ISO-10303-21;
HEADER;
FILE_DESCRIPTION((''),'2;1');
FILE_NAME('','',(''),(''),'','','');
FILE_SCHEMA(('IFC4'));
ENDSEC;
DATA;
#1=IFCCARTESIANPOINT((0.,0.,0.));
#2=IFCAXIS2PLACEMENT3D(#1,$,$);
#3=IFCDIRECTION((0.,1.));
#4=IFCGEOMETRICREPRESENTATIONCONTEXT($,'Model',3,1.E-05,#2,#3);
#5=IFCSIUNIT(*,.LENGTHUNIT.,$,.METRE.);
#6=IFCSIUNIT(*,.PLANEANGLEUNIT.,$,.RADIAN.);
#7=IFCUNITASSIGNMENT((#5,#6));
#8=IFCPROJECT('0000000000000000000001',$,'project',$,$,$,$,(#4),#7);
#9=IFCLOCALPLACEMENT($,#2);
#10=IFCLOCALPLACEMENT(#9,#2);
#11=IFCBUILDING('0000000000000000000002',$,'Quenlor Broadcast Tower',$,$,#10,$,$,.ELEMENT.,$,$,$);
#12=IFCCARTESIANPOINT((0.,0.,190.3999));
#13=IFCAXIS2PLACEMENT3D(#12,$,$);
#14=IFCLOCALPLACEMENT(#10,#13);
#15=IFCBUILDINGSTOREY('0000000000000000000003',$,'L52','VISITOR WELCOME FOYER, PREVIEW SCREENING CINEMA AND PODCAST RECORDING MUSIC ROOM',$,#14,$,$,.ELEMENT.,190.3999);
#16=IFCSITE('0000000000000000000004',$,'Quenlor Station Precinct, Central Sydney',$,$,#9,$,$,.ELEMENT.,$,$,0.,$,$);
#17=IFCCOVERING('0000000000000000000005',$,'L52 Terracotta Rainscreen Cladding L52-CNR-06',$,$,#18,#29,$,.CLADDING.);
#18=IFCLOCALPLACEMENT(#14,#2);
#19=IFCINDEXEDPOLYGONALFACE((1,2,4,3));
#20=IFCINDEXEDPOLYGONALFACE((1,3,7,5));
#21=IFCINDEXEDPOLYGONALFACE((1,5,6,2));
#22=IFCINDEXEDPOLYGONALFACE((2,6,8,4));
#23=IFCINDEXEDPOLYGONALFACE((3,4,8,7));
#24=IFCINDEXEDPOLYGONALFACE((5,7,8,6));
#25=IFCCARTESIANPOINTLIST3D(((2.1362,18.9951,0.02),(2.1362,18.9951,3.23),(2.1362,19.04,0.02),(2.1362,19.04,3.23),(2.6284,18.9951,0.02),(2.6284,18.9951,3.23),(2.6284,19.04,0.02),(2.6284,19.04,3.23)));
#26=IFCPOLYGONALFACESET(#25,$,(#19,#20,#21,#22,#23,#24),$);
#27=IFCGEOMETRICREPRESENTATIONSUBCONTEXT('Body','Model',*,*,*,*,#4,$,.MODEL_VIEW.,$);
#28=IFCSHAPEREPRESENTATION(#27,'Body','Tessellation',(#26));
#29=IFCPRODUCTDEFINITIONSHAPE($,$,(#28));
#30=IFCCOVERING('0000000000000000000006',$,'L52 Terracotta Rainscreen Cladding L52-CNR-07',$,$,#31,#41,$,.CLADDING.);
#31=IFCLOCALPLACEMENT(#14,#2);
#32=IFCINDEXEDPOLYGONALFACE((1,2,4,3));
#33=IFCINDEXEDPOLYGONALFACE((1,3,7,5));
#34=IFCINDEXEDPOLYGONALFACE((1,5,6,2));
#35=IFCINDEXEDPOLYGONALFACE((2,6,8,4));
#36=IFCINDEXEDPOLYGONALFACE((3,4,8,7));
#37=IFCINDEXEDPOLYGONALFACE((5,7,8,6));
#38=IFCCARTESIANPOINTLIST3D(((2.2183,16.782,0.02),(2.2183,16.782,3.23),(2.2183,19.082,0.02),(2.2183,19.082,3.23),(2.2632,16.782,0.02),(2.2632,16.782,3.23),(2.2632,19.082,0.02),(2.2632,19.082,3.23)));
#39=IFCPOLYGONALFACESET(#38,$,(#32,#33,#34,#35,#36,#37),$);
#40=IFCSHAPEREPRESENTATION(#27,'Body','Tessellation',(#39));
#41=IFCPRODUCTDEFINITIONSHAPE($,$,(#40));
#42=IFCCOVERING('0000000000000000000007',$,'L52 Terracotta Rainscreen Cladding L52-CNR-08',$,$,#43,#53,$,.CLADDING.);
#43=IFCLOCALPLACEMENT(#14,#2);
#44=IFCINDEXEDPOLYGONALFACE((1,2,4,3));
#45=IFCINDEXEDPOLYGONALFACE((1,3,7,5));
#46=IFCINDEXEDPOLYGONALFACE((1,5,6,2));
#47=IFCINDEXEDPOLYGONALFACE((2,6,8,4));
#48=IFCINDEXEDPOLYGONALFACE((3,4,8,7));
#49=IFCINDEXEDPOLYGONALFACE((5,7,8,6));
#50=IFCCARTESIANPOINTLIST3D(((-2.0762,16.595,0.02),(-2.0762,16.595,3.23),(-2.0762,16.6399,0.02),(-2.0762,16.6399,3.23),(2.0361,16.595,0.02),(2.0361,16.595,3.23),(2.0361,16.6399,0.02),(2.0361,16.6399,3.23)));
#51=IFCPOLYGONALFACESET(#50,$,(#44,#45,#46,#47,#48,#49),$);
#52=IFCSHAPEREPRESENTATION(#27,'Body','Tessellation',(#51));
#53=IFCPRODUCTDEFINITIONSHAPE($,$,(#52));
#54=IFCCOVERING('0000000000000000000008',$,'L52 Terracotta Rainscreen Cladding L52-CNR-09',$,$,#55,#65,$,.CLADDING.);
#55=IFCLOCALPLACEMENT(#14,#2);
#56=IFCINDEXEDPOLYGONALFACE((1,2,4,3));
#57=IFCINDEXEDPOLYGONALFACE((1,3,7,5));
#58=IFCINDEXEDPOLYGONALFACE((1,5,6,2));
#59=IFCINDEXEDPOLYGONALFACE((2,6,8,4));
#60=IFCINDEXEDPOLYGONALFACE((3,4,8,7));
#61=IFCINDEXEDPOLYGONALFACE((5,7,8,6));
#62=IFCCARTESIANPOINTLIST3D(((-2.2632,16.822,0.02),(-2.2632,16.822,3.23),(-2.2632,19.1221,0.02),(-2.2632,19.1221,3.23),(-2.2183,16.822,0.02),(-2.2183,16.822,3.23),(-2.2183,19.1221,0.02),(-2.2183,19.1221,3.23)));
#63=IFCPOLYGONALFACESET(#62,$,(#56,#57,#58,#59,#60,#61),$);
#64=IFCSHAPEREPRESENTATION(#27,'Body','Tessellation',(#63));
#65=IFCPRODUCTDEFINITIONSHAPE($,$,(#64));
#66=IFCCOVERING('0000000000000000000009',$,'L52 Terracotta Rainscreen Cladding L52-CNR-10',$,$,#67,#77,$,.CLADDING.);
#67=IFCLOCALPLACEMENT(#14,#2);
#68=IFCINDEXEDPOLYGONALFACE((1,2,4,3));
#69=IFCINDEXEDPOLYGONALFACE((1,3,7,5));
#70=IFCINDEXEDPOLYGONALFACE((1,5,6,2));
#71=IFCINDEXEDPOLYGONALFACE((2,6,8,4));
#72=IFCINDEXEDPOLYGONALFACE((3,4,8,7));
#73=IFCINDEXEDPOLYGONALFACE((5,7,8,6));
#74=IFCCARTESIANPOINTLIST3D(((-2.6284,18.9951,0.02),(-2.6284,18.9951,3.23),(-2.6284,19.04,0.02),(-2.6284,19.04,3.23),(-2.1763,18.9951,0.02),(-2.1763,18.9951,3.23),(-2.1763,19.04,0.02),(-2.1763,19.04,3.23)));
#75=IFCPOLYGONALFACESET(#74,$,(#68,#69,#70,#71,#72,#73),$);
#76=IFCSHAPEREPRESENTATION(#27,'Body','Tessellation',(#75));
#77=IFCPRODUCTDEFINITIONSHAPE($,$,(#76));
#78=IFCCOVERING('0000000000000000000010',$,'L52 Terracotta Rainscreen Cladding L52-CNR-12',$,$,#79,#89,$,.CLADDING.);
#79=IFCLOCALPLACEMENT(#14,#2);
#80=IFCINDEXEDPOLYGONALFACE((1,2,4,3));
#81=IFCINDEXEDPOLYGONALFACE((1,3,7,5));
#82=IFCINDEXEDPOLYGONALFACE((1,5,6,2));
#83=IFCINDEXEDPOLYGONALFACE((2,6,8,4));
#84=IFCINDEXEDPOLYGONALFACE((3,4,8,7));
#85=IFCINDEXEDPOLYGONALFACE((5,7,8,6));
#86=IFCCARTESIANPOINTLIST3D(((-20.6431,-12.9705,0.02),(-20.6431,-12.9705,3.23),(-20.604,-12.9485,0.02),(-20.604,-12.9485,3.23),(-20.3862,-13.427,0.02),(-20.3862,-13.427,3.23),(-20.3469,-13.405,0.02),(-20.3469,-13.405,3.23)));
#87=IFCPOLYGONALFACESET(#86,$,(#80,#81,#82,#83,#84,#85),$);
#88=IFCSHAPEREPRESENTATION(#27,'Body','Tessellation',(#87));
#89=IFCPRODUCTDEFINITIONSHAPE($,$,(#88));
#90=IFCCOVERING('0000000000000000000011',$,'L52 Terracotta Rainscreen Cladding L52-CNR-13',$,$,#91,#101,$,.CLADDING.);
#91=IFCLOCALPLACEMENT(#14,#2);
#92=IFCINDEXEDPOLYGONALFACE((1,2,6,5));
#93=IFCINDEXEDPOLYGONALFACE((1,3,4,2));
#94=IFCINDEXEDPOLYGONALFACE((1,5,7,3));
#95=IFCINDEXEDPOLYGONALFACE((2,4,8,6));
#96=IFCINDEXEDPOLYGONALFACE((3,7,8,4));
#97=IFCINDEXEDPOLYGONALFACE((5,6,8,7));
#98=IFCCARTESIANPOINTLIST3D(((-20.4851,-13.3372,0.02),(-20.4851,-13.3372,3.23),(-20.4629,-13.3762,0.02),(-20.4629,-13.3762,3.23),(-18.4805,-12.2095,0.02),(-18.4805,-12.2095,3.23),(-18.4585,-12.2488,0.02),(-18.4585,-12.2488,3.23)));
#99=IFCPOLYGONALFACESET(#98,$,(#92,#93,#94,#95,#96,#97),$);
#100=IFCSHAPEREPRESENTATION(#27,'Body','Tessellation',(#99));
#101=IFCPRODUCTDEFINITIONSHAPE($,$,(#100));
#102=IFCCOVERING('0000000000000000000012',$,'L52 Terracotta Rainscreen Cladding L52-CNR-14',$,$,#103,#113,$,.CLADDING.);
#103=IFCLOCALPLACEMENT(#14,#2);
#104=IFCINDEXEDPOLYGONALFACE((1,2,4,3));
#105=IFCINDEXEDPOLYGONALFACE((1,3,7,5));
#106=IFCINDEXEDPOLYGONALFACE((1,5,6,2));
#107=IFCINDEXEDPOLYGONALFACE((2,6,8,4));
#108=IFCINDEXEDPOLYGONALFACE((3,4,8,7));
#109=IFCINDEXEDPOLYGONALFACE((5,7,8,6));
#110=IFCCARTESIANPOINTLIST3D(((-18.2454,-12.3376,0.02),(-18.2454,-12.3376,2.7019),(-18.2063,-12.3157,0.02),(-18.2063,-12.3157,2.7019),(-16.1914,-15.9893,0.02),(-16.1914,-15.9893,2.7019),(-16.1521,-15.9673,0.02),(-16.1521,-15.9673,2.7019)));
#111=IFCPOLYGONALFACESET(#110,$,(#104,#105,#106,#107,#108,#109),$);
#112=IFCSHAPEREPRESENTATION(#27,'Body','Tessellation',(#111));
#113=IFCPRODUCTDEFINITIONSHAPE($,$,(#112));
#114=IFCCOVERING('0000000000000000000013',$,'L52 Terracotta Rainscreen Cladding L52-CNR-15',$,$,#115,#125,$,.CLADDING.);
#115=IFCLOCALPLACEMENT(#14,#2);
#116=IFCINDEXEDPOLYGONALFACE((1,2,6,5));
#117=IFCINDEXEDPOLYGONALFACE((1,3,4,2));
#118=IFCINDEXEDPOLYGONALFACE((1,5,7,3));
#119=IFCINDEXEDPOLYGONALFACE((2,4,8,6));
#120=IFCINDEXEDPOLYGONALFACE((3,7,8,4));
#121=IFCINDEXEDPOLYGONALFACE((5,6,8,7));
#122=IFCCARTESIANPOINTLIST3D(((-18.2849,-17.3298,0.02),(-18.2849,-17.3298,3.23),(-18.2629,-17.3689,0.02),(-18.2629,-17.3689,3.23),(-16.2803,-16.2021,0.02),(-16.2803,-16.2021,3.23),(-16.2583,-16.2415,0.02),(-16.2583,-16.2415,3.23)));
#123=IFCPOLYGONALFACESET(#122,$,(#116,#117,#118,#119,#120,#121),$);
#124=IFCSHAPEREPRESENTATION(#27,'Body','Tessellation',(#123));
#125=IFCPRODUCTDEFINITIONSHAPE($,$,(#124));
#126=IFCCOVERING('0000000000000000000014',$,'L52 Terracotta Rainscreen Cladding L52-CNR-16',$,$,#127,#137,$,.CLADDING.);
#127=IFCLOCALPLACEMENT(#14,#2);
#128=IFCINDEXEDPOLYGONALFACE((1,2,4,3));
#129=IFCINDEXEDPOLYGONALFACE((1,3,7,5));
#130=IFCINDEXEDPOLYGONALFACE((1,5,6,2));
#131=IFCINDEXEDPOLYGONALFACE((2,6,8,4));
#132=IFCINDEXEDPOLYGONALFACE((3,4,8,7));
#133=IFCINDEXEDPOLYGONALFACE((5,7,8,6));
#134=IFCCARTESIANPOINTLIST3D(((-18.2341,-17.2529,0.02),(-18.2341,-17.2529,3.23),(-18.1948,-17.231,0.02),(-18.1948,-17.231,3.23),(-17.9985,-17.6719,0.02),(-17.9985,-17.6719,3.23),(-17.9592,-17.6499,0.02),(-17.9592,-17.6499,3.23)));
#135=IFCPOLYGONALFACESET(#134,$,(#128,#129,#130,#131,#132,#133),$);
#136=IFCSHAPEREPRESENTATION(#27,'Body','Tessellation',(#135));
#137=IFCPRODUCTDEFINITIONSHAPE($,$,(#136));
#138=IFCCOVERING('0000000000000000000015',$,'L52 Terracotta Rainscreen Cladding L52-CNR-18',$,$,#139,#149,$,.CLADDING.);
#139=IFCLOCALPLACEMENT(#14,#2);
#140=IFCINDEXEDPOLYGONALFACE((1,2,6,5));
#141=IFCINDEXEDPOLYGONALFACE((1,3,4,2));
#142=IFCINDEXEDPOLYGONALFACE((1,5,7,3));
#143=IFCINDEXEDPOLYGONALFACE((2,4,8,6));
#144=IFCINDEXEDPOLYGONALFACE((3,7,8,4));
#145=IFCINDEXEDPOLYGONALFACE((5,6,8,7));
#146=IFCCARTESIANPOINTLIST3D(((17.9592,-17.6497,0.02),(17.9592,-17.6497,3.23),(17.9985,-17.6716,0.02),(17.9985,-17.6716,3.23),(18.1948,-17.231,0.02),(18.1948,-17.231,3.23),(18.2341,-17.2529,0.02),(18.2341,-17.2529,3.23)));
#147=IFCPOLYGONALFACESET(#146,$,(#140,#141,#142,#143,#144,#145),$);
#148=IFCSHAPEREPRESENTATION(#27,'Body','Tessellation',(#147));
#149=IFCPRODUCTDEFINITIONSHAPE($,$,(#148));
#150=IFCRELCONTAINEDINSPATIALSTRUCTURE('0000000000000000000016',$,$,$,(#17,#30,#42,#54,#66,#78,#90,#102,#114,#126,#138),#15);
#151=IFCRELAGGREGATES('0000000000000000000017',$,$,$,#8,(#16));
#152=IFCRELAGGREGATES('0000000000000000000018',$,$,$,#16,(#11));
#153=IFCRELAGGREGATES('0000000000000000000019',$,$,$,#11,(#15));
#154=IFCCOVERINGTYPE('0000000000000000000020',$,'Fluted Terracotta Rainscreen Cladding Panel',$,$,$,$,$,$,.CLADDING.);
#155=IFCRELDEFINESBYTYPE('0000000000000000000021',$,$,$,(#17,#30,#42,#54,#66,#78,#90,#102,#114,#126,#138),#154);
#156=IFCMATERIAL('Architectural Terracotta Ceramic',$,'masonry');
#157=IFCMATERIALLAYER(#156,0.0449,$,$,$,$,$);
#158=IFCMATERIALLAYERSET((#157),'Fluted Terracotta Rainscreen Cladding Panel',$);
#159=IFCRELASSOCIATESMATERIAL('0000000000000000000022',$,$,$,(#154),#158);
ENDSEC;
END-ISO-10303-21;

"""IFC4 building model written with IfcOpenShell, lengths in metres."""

from ifc_helpers import new_model, si_unit, direction, frame, origin, place, context, subcontext, project, spatial, polyline, outline, extrude, material, layer, layer_set, type_object, element, save


model = new_model("IFC4")

# Units and contexts
model_context = context("Model", 3, precision=1e-05, world=origin(), true_north=direction((0.0, 1.0)))
body_context = subcontext(model_context, "Body", "Model", "MODEL_VIEW")
ifc_project = project(units=[si_unit("LENGTHUNIT", "METRE"), si_unit("PLANEANGLEUNIT", "RADIAN")], contexts=[model_context])

# Site, building, storey
site_placement = place(None, origin())
site = spatial("IfcSite", under=ifc_project, at=site_placement, Name="Quenlor Station Precinct, Central Sydney", CompositionType="ELEMENT", RefElevation=0.0)
building_placement = place(site_placement, origin())
building = spatial("IfcBuilding", under=site, at=building_placement, Name="Quenlor Broadcast Tower", CompositionType="ELEMENT")
storey_placement = place(building_placement, frame((0.0, 0.0, 190.3999)))
storey = spatial("IfcBuildingStorey", under=building, at=storey_placement, Name="L52", Description="VISITOR WELCOME FOYER, PREVIEW SCREENING CINEMA AND PODCAST RECORDING MUSIC ROOM", CompositionType="ELEMENT", Elevation=190.3999)

# Coverings
ifc_material_1 = material(Name="Architectural Terracotta Ceramic", Category="masonry")
ifc_layer_1 = layer(ifc_material_1, 0.0449)
ifc_layer_set_1 = layer_set([ifc_layer_1], Name="Fluted Terracotta Rainscreen Cladding Panel")
covering_type_1 = type_object("IfcCoveringType", Name="Fluted Terracotta Rainscreen Cladding Panel", PredefinedType="CLADDING", material=ifc_layer_set_1)
covering_1_placement = place(storey_placement, frame((0.0, 0.0, 0.02)))
element("IfcCovering", 1, at=covering_1_placement, inside=storey, type_object=covering_type_1, Name="L52 Terracotta Rainscreen Cladding L52-CNR-06", PredefinedType="CLADDING", context=body_context, shape_type="SweptSolid", body=[
    extrude(outline(polyline([(2.6284, 19.04), (2.1362, 19.04), (2.1362, 18.9951), (2.6284, 18.9951), (2.6284, 19.04)])), origin(), (0.0, 0.0, 1.0), 3.21),
])
covering_2_placement = place(storey_placement, frame((0.0, 0.0, 0.02)))
element("IfcCovering", 2, at=covering_2_placement, inside=storey, type_object=covering_type_1, Name="L52 Terracotta Rainscreen Cladding L52-CNR-07", PredefinedType="CLADDING", context=body_context, shape_type="SweptSolid", body=[
    extrude(outline(polyline([(2.2183, 19.082), (2.2183, 16.782), (2.2632, 16.782), (2.2632, 19.082), (2.2183, 19.082)])), origin(), (0.0, 0.0, 1.0), 3.21),
])
covering_3_placement = place(storey_placement, frame((0.0, 0.0, 0.02)))
element("IfcCovering", 3, at=covering_3_placement, inside=storey, type_object=covering_type_1, Name="L52 Terracotta Rainscreen Cladding L52-CNR-08", PredefinedType="CLADDING", context=body_context, shape_type="SweptSolid", body=[
    extrude(outline(polyline([(2.0361, 16.6399), (-2.0762, 16.6399), (-2.0762, 16.595), (2.0361, 16.595), (2.0361, 16.6399)])), origin(), (0.0, 0.0, 1.0), 3.21),
])
covering_4_placement = place(storey_placement, frame((0.0, 0.0, 0.02)))
element("IfcCovering", 4, at=covering_4_placement, inside=storey, type_object=covering_type_1, Name="L52 Terracotta Rainscreen Cladding L52-CNR-09", PredefinedType="CLADDING", context=body_context, shape_type="SweptSolid", body=[
    extrude(outline(polyline([(-2.2183, 16.822), (-2.2183, 19.1221), (-2.2632, 19.1221), (-2.2632, 16.822), (-2.2183, 16.822)])), origin(), (0.0, 0.0, 1.0), 3.21),
])
covering_5_placement = place(storey_placement, frame((0.0, 0.0, 0.02)))
element("IfcCovering", 5, at=covering_5_placement, inside=storey, type_object=covering_type_1, Name="L52 Terracotta Rainscreen Cladding L52-CNR-10", PredefinedType="CLADDING", context=body_context, shape_type="SweptSolid", body=[
    extrude(outline(polyline([(-2.1763, 19.04), (-2.6284, 19.04), (-2.6284, 18.9951), (-2.1763, 18.9951), (-2.1763, 19.04)])), origin(), (0.0, 0.0, 1.0), 3.21),
])
covering_6_placement = place(storey_placement, frame((0.0, 0.0, 0.02)))
element("IfcCovering", 6, at=covering_6_placement, inside=storey, type_object=covering_type_1, Name="L52 Terracotta Rainscreen Cladding L52-CNR-12", PredefinedType="CLADDING", context=body_context, shape_type="SweptSolid", body=[
    extrude(outline(polyline([(-20.6431, -12.9705), (-20.3862, -13.427), (-20.3469, -13.405), (-20.604, -12.9485), (-20.6431, -12.9705)])), origin(), (0.0, 0.0, 1.0), 3.21),
])
covering_7_placement = place(storey_placement, frame((0.0, 0.0, 0.02)))
element("IfcCovering", 7, at=covering_7_placement, inside=storey, type_object=covering_type_1, Name="L52 Terracotta Rainscreen Cladding L52-CNR-13", PredefinedType="CLADDING", context=body_context, shape_type="SweptSolid", body=[
    extrude(outline(polyline([(-20.4629, -13.3762), (-18.4585, -12.2488), (-18.4805, -12.2095), (-20.4851, -13.3372), (-20.4629, -13.3762)])), origin(), (0.0, 0.0, 1.0), 3.21),
])
covering_8_placement = place(storey_placement, frame((0.0, 0.0, 0.02)))
element("IfcCovering", 8, at=covering_8_placement, inside=storey, type_object=covering_type_1, Name="L52 Terracotta Rainscreen Cladding L52-CNR-14", PredefinedType="CLADDING", context=body_context, shape_type="SweptSolid", body=[
    extrude(outline(polyline([(-18.2454, -12.3376), (-16.1914, -15.9893), (-16.1521, -15.9673), (-18.2063, -12.3157), (-18.2454, -12.3376)])), origin(), (0.0, 0.0, 1.0), 2.6819),
])
covering_9_placement = place(storey_placement, frame((0.0, 0.0, 0.02)))
element("IfcCovering", 9, at=covering_9_placement, inside=storey, type_object=covering_type_1, Name="L52 Terracotta Rainscreen Cladding L52-CNR-15", PredefinedType="CLADDING", context=body_context, shape_type="SweptSolid", body=[
    extrude(outline(polyline([(-16.2803, -16.2021), (-18.2849, -17.3298), (-18.2629, -17.3689), (-16.2583, -16.2415), (-16.2803, -16.2021)])), origin(), (0.0, 0.0, 1.0), 3.21),
])
covering_10_placement = place(storey_placement, frame((0.0, 0.0, 0.02)))
element("IfcCovering", 10, at=covering_10_placement, inside=storey, type_object=covering_type_1, Name="L52 Terracotta Rainscreen Cladding L52-CNR-16", PredefinedType="CLADDING", context=body_context, shape_type="SweptSolid", body=[
    extrude(outline(polyline([(-18.2341, -17.2529), (-17.9985, -17.6719), (-17.9592, -17.6499), (-18.1948, -17.231), (-18.2341, -17.2529)])), origin(), (0.0, 0.0, 1.0), 3.21),
])
covering_11_placement = place(storey_placement, frame((0.0, 0.0, 0.02)))
element("IfcCovering", 11, at=covering_11_placement, inside=storey, type_object=covering_type_1, Name="L52 Terracotta Rainscreen Cladding L52-CNR-18", PredefinedType="CLADDING", context=body_context, shape_type="SweptSolid", body=[
    extrude(outline(polyline([(17.9985, -17.6716), (18.2341, -17.2529), (18.1948, -17.231), (17.9592, -17.6497), (17.9985, -17.6716)])), origin(), (0.0, 0.0, 1.0), 3.21),
])

save(model, "model.ifc")
